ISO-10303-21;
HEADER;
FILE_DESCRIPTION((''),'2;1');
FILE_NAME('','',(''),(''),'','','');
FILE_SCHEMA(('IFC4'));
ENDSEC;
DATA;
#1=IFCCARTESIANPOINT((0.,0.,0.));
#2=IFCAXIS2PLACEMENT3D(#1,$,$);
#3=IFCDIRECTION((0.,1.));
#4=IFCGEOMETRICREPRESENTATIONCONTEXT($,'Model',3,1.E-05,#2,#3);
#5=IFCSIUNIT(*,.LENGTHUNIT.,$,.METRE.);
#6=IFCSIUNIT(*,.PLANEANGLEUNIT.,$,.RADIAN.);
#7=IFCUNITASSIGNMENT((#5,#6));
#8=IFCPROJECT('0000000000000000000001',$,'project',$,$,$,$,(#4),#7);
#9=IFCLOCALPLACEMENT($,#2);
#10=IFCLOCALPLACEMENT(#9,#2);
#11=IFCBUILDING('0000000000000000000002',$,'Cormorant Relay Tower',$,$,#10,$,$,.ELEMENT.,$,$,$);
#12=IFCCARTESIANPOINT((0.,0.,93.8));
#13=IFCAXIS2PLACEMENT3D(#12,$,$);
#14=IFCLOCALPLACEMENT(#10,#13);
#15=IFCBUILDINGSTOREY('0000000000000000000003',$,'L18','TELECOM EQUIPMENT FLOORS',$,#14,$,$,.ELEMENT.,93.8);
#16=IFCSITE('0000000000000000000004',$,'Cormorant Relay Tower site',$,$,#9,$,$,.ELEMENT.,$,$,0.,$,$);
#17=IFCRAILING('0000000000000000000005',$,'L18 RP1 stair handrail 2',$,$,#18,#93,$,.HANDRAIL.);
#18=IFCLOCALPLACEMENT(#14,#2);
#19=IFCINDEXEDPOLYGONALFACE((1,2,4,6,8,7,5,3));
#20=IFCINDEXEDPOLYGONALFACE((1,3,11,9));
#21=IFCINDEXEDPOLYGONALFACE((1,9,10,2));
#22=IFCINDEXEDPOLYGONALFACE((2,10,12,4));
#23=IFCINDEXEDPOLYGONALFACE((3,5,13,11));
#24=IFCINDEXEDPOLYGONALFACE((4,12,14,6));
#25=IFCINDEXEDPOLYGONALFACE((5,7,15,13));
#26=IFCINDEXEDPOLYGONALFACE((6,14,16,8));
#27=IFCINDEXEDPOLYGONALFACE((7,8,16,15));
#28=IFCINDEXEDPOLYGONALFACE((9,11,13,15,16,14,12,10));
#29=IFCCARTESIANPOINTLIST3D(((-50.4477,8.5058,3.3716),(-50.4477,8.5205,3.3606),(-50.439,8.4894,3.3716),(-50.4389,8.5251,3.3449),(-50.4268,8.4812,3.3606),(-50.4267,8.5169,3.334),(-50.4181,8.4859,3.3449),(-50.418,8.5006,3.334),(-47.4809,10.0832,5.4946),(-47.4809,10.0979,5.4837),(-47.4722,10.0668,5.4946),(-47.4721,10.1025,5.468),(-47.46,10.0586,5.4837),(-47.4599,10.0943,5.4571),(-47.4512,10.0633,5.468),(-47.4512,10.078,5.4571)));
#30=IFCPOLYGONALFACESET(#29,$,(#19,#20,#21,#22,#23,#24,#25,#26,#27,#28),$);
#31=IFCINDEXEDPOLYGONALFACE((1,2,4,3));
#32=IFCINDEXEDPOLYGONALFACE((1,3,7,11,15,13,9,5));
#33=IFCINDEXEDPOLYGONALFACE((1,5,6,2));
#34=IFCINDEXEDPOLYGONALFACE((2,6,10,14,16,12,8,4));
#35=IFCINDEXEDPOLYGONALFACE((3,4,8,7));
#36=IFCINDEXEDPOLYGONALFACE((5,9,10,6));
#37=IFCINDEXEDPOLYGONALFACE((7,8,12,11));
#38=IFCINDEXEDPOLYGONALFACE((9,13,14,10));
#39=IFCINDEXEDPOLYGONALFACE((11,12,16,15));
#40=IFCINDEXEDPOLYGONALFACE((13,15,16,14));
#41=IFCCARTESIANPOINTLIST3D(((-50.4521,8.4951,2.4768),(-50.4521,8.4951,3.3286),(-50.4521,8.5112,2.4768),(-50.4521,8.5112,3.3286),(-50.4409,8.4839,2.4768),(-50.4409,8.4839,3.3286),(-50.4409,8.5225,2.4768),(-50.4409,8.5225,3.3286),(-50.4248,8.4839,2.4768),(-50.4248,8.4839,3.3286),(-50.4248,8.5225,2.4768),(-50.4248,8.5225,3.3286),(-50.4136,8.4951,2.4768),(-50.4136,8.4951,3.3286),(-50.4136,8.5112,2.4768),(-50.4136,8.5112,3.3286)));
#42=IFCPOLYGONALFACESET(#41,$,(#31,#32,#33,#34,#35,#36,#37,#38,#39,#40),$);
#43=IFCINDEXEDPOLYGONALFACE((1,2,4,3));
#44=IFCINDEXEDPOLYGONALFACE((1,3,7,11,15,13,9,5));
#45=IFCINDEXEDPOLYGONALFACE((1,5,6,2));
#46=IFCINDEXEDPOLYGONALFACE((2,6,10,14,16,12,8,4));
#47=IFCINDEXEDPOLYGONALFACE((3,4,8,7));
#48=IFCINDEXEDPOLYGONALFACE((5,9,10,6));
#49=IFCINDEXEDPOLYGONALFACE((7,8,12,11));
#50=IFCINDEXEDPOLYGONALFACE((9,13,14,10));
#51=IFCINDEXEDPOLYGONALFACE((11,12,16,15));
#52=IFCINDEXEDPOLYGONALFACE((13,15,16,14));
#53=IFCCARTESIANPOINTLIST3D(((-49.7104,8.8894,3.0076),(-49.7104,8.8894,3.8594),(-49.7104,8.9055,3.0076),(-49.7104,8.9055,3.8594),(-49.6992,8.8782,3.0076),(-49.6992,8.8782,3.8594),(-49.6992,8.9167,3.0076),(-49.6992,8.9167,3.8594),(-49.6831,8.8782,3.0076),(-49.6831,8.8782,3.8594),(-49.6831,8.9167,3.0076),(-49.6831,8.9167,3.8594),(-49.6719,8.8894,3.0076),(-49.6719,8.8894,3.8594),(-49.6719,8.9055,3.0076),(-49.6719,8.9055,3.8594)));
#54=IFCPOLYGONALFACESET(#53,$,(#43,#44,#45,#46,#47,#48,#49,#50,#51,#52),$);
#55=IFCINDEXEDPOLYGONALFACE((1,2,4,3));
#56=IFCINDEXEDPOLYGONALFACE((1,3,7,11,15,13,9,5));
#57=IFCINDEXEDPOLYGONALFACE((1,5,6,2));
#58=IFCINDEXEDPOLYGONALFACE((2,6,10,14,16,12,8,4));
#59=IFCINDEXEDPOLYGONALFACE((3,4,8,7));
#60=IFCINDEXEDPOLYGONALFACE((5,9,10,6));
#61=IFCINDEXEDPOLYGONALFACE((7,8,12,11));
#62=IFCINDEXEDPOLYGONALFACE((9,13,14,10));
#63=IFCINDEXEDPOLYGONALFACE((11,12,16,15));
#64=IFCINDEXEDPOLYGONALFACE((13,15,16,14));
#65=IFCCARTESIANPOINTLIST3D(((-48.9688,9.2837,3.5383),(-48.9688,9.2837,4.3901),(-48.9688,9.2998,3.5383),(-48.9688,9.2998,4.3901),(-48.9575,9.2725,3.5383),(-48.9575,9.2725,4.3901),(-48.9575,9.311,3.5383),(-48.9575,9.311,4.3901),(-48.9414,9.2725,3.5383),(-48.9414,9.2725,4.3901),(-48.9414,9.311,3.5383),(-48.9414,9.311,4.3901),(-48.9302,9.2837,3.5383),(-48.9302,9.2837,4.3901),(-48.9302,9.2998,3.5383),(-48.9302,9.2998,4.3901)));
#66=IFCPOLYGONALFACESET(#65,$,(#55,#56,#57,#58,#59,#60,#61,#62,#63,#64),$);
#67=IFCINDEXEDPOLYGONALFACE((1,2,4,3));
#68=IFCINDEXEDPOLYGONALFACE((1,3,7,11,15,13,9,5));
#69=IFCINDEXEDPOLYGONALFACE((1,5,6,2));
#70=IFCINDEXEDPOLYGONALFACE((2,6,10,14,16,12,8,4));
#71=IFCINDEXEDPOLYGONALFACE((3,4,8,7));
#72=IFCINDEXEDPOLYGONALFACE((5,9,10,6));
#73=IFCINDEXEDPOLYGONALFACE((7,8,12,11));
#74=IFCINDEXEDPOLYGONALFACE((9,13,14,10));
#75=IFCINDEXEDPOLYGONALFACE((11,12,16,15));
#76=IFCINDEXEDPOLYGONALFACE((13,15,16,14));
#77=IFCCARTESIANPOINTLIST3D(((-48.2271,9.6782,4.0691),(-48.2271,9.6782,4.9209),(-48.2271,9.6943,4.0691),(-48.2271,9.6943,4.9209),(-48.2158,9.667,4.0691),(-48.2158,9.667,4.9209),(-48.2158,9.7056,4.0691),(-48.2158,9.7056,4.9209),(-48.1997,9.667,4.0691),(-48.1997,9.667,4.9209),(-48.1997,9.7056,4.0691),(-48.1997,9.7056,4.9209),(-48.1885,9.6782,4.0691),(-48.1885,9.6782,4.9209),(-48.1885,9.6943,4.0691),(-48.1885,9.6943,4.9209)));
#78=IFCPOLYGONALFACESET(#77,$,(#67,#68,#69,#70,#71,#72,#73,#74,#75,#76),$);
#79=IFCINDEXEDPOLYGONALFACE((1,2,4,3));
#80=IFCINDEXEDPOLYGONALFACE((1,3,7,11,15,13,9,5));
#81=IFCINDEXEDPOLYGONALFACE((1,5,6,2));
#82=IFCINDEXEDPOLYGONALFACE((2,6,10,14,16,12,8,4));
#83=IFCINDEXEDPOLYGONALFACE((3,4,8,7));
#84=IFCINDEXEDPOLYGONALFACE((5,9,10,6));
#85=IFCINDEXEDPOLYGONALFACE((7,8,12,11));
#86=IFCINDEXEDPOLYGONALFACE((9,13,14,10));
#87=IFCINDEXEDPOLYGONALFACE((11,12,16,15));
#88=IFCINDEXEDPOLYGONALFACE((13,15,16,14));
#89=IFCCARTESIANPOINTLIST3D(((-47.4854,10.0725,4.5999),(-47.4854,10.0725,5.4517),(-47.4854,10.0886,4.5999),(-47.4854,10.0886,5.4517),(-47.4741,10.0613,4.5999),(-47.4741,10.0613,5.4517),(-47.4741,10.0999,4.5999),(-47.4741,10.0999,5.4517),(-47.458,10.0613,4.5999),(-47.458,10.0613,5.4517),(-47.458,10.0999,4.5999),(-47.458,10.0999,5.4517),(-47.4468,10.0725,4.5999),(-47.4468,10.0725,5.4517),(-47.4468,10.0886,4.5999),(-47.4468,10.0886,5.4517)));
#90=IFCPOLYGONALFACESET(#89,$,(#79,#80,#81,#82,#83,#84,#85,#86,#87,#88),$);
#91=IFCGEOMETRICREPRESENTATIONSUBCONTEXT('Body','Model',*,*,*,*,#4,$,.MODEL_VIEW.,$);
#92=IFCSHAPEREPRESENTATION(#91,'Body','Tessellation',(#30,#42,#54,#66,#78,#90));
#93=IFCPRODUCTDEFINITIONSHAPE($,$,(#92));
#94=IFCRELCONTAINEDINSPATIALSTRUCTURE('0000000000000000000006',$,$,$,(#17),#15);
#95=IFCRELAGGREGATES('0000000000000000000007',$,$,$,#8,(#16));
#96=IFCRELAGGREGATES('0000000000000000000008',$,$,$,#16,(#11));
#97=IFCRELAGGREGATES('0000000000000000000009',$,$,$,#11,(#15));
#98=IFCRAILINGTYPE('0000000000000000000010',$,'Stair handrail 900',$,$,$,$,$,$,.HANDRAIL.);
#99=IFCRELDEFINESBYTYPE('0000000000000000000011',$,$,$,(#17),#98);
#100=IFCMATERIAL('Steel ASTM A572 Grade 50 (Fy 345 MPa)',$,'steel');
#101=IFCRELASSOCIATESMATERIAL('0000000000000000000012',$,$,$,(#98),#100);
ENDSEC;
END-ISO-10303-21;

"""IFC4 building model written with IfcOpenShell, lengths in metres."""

from ifc_helpers import new_model, si_unit, direction, frame, origin, place, context, subcontext, project, spatial, polyline, outline, extrude, material, type_object, element, save


model = new_model("IFC4")

# Units and contexts
model_context = context("Model", 3, precision=1e-05, world=origin(), true_north=direction((0.0, 1.0)))
body_context = subcontext(model_context, "Body", "Model", "MODEL_VIEW")
ifc_project = project(units=[si_unit("LENGTHUNIT", "METRE"), si_unit("PLANEANGLEUNIT", "RADIAN")], contexts=[model_context])

# Site, building, storey
site_placement = place(None, origin())
site = spatial("IfcSite", under=ifc_project, at=site_placement, Name="Cormorant Relay Tower site", CompositionType="ELEMENT", RefElevation=0.0)
building_placement = place(site_placement, origin())
building = spatial("IfcBuilding", under=site, at=building_placement, Name="Cormorant Relay Tower", CompositionType="ELEMENT")
storey_placement = place(building_placement, frame((0.0, 0.0, 93.8)))
storey = spatial("IfcBuildingStorey", under=building, at=storey_placement, Name="L18", Description="TELECOM EQUIPMENT FLOORS", CompositionType="ELEMENT", Elevation=93.8)

# Railing
ifc_material_1 = material(Name="Steel ASTM A572 Grade 50 (Fy 345 MPa)", Category="steel")
railing_type_1 = type_object("IfcRailingType", Name="Stair handrail 900", PredefinedType="HANDRAIL", material=ifc_material_1)
railing_1_placement = place(storey_placement, frame((-50.4329, 8.5032, 2.4768)))
element("IfcRailing", 1, at=railing_1_placement, inside=storey, type_object=railing_type_1, Name="L18 RP1 stair handrail 2", PredefinedType="HANDRAIL", context=body_context, shape_type="SweptSolid", body=[
    extrude(outline(polyline([(0.0222, 0.0093), (0.0093, 0.0222), (-0.0093, 0.0222), (-0.0222, 0.0093), (-0.0222, -0.0093), (-0.0093, -0.0222), (0.0093, -0.0222), (0.0222, -0.0093), (0.0222, 0.0093)])), frame((0.0, 0.0, 0.876), z_axis=(0.746441, 0.396869, 0.534155), x_axis=(-0.469453, 0.882958, 0.0)), (0.0, 0.0, 1.0), 3.9746),
    extrude(outline(polyline([(0.0193, 0.0081), (0.0081, 0.0193), (-0.0081, 0.0193), (-0.0193, 0.0081), (-0.0193, -0.0081), (-0.0081, -0.0193), (0.0081, -0.0193), (0.0193, -0.0081), (0.0193, 0.0081)])), origin(), (0.0, 0.0, 1.0), 0.8518),
    extrude(outline(polyline([(0.0193, 0.0081), (0.0081, 0.0193), (-0.0081, 0.0193), (-0.0193, 0.0081), (-0.0193, -0.0081), (-0.0081, -0.0193), (0.0081, -0.0193), (0.0193, -0.0081), (0.0193, 0.0081)])), frame((0.7417, 0.3943, 0.5308)), (0.0, 0.0, 1.0), 0.8518),
    extrude(outline(polyline([(0.0193, 0.0081), (0.0081, 0.0193), (-0.0081, 0.0193), (-0.0193, 0.0081), (-0.0193, -0.0081), (-0.0081, -0.0193), (0.0081, -0.0193), (0.0193, -0.0081), (0.0193, 0.0081)])), frame((1.4834, 0.7886, 1.0615)), (0.0, 0.0, 1.0), 0.8518),
    extrude(outline(polyline([(0.0193, 0.0081), (0.0081, 0.0193), (-0.0081, 0.0193), (-0.0193, 0.0081), (-0.0193, -0.0081), (-0.0081, -0.0193), (0.0081, -0.0193), (0.0193, -0.0081), (0.0193, 0.0081)])), frame((2.2251, 1.1831, 1.5923)), (0.0, 0.0, 1.0), 0.8518),
    extrude(outline(polyline([(0.0193, 0.0081), (0.0081, 0.0193), (-0.0081, 0.0193), (-0.0193, 0.0081), (-0.0193, -0.0081), (-0.0081, -0.0193), (0.0081, -0.0193), (0.0193, -0.0081), (0.0193, 0.0081)])), frame((2.9668, 1.5774, 2.123)), (0.0, 0.0, 1.0), 0.8518),
])

save(model, "model.ifc")
